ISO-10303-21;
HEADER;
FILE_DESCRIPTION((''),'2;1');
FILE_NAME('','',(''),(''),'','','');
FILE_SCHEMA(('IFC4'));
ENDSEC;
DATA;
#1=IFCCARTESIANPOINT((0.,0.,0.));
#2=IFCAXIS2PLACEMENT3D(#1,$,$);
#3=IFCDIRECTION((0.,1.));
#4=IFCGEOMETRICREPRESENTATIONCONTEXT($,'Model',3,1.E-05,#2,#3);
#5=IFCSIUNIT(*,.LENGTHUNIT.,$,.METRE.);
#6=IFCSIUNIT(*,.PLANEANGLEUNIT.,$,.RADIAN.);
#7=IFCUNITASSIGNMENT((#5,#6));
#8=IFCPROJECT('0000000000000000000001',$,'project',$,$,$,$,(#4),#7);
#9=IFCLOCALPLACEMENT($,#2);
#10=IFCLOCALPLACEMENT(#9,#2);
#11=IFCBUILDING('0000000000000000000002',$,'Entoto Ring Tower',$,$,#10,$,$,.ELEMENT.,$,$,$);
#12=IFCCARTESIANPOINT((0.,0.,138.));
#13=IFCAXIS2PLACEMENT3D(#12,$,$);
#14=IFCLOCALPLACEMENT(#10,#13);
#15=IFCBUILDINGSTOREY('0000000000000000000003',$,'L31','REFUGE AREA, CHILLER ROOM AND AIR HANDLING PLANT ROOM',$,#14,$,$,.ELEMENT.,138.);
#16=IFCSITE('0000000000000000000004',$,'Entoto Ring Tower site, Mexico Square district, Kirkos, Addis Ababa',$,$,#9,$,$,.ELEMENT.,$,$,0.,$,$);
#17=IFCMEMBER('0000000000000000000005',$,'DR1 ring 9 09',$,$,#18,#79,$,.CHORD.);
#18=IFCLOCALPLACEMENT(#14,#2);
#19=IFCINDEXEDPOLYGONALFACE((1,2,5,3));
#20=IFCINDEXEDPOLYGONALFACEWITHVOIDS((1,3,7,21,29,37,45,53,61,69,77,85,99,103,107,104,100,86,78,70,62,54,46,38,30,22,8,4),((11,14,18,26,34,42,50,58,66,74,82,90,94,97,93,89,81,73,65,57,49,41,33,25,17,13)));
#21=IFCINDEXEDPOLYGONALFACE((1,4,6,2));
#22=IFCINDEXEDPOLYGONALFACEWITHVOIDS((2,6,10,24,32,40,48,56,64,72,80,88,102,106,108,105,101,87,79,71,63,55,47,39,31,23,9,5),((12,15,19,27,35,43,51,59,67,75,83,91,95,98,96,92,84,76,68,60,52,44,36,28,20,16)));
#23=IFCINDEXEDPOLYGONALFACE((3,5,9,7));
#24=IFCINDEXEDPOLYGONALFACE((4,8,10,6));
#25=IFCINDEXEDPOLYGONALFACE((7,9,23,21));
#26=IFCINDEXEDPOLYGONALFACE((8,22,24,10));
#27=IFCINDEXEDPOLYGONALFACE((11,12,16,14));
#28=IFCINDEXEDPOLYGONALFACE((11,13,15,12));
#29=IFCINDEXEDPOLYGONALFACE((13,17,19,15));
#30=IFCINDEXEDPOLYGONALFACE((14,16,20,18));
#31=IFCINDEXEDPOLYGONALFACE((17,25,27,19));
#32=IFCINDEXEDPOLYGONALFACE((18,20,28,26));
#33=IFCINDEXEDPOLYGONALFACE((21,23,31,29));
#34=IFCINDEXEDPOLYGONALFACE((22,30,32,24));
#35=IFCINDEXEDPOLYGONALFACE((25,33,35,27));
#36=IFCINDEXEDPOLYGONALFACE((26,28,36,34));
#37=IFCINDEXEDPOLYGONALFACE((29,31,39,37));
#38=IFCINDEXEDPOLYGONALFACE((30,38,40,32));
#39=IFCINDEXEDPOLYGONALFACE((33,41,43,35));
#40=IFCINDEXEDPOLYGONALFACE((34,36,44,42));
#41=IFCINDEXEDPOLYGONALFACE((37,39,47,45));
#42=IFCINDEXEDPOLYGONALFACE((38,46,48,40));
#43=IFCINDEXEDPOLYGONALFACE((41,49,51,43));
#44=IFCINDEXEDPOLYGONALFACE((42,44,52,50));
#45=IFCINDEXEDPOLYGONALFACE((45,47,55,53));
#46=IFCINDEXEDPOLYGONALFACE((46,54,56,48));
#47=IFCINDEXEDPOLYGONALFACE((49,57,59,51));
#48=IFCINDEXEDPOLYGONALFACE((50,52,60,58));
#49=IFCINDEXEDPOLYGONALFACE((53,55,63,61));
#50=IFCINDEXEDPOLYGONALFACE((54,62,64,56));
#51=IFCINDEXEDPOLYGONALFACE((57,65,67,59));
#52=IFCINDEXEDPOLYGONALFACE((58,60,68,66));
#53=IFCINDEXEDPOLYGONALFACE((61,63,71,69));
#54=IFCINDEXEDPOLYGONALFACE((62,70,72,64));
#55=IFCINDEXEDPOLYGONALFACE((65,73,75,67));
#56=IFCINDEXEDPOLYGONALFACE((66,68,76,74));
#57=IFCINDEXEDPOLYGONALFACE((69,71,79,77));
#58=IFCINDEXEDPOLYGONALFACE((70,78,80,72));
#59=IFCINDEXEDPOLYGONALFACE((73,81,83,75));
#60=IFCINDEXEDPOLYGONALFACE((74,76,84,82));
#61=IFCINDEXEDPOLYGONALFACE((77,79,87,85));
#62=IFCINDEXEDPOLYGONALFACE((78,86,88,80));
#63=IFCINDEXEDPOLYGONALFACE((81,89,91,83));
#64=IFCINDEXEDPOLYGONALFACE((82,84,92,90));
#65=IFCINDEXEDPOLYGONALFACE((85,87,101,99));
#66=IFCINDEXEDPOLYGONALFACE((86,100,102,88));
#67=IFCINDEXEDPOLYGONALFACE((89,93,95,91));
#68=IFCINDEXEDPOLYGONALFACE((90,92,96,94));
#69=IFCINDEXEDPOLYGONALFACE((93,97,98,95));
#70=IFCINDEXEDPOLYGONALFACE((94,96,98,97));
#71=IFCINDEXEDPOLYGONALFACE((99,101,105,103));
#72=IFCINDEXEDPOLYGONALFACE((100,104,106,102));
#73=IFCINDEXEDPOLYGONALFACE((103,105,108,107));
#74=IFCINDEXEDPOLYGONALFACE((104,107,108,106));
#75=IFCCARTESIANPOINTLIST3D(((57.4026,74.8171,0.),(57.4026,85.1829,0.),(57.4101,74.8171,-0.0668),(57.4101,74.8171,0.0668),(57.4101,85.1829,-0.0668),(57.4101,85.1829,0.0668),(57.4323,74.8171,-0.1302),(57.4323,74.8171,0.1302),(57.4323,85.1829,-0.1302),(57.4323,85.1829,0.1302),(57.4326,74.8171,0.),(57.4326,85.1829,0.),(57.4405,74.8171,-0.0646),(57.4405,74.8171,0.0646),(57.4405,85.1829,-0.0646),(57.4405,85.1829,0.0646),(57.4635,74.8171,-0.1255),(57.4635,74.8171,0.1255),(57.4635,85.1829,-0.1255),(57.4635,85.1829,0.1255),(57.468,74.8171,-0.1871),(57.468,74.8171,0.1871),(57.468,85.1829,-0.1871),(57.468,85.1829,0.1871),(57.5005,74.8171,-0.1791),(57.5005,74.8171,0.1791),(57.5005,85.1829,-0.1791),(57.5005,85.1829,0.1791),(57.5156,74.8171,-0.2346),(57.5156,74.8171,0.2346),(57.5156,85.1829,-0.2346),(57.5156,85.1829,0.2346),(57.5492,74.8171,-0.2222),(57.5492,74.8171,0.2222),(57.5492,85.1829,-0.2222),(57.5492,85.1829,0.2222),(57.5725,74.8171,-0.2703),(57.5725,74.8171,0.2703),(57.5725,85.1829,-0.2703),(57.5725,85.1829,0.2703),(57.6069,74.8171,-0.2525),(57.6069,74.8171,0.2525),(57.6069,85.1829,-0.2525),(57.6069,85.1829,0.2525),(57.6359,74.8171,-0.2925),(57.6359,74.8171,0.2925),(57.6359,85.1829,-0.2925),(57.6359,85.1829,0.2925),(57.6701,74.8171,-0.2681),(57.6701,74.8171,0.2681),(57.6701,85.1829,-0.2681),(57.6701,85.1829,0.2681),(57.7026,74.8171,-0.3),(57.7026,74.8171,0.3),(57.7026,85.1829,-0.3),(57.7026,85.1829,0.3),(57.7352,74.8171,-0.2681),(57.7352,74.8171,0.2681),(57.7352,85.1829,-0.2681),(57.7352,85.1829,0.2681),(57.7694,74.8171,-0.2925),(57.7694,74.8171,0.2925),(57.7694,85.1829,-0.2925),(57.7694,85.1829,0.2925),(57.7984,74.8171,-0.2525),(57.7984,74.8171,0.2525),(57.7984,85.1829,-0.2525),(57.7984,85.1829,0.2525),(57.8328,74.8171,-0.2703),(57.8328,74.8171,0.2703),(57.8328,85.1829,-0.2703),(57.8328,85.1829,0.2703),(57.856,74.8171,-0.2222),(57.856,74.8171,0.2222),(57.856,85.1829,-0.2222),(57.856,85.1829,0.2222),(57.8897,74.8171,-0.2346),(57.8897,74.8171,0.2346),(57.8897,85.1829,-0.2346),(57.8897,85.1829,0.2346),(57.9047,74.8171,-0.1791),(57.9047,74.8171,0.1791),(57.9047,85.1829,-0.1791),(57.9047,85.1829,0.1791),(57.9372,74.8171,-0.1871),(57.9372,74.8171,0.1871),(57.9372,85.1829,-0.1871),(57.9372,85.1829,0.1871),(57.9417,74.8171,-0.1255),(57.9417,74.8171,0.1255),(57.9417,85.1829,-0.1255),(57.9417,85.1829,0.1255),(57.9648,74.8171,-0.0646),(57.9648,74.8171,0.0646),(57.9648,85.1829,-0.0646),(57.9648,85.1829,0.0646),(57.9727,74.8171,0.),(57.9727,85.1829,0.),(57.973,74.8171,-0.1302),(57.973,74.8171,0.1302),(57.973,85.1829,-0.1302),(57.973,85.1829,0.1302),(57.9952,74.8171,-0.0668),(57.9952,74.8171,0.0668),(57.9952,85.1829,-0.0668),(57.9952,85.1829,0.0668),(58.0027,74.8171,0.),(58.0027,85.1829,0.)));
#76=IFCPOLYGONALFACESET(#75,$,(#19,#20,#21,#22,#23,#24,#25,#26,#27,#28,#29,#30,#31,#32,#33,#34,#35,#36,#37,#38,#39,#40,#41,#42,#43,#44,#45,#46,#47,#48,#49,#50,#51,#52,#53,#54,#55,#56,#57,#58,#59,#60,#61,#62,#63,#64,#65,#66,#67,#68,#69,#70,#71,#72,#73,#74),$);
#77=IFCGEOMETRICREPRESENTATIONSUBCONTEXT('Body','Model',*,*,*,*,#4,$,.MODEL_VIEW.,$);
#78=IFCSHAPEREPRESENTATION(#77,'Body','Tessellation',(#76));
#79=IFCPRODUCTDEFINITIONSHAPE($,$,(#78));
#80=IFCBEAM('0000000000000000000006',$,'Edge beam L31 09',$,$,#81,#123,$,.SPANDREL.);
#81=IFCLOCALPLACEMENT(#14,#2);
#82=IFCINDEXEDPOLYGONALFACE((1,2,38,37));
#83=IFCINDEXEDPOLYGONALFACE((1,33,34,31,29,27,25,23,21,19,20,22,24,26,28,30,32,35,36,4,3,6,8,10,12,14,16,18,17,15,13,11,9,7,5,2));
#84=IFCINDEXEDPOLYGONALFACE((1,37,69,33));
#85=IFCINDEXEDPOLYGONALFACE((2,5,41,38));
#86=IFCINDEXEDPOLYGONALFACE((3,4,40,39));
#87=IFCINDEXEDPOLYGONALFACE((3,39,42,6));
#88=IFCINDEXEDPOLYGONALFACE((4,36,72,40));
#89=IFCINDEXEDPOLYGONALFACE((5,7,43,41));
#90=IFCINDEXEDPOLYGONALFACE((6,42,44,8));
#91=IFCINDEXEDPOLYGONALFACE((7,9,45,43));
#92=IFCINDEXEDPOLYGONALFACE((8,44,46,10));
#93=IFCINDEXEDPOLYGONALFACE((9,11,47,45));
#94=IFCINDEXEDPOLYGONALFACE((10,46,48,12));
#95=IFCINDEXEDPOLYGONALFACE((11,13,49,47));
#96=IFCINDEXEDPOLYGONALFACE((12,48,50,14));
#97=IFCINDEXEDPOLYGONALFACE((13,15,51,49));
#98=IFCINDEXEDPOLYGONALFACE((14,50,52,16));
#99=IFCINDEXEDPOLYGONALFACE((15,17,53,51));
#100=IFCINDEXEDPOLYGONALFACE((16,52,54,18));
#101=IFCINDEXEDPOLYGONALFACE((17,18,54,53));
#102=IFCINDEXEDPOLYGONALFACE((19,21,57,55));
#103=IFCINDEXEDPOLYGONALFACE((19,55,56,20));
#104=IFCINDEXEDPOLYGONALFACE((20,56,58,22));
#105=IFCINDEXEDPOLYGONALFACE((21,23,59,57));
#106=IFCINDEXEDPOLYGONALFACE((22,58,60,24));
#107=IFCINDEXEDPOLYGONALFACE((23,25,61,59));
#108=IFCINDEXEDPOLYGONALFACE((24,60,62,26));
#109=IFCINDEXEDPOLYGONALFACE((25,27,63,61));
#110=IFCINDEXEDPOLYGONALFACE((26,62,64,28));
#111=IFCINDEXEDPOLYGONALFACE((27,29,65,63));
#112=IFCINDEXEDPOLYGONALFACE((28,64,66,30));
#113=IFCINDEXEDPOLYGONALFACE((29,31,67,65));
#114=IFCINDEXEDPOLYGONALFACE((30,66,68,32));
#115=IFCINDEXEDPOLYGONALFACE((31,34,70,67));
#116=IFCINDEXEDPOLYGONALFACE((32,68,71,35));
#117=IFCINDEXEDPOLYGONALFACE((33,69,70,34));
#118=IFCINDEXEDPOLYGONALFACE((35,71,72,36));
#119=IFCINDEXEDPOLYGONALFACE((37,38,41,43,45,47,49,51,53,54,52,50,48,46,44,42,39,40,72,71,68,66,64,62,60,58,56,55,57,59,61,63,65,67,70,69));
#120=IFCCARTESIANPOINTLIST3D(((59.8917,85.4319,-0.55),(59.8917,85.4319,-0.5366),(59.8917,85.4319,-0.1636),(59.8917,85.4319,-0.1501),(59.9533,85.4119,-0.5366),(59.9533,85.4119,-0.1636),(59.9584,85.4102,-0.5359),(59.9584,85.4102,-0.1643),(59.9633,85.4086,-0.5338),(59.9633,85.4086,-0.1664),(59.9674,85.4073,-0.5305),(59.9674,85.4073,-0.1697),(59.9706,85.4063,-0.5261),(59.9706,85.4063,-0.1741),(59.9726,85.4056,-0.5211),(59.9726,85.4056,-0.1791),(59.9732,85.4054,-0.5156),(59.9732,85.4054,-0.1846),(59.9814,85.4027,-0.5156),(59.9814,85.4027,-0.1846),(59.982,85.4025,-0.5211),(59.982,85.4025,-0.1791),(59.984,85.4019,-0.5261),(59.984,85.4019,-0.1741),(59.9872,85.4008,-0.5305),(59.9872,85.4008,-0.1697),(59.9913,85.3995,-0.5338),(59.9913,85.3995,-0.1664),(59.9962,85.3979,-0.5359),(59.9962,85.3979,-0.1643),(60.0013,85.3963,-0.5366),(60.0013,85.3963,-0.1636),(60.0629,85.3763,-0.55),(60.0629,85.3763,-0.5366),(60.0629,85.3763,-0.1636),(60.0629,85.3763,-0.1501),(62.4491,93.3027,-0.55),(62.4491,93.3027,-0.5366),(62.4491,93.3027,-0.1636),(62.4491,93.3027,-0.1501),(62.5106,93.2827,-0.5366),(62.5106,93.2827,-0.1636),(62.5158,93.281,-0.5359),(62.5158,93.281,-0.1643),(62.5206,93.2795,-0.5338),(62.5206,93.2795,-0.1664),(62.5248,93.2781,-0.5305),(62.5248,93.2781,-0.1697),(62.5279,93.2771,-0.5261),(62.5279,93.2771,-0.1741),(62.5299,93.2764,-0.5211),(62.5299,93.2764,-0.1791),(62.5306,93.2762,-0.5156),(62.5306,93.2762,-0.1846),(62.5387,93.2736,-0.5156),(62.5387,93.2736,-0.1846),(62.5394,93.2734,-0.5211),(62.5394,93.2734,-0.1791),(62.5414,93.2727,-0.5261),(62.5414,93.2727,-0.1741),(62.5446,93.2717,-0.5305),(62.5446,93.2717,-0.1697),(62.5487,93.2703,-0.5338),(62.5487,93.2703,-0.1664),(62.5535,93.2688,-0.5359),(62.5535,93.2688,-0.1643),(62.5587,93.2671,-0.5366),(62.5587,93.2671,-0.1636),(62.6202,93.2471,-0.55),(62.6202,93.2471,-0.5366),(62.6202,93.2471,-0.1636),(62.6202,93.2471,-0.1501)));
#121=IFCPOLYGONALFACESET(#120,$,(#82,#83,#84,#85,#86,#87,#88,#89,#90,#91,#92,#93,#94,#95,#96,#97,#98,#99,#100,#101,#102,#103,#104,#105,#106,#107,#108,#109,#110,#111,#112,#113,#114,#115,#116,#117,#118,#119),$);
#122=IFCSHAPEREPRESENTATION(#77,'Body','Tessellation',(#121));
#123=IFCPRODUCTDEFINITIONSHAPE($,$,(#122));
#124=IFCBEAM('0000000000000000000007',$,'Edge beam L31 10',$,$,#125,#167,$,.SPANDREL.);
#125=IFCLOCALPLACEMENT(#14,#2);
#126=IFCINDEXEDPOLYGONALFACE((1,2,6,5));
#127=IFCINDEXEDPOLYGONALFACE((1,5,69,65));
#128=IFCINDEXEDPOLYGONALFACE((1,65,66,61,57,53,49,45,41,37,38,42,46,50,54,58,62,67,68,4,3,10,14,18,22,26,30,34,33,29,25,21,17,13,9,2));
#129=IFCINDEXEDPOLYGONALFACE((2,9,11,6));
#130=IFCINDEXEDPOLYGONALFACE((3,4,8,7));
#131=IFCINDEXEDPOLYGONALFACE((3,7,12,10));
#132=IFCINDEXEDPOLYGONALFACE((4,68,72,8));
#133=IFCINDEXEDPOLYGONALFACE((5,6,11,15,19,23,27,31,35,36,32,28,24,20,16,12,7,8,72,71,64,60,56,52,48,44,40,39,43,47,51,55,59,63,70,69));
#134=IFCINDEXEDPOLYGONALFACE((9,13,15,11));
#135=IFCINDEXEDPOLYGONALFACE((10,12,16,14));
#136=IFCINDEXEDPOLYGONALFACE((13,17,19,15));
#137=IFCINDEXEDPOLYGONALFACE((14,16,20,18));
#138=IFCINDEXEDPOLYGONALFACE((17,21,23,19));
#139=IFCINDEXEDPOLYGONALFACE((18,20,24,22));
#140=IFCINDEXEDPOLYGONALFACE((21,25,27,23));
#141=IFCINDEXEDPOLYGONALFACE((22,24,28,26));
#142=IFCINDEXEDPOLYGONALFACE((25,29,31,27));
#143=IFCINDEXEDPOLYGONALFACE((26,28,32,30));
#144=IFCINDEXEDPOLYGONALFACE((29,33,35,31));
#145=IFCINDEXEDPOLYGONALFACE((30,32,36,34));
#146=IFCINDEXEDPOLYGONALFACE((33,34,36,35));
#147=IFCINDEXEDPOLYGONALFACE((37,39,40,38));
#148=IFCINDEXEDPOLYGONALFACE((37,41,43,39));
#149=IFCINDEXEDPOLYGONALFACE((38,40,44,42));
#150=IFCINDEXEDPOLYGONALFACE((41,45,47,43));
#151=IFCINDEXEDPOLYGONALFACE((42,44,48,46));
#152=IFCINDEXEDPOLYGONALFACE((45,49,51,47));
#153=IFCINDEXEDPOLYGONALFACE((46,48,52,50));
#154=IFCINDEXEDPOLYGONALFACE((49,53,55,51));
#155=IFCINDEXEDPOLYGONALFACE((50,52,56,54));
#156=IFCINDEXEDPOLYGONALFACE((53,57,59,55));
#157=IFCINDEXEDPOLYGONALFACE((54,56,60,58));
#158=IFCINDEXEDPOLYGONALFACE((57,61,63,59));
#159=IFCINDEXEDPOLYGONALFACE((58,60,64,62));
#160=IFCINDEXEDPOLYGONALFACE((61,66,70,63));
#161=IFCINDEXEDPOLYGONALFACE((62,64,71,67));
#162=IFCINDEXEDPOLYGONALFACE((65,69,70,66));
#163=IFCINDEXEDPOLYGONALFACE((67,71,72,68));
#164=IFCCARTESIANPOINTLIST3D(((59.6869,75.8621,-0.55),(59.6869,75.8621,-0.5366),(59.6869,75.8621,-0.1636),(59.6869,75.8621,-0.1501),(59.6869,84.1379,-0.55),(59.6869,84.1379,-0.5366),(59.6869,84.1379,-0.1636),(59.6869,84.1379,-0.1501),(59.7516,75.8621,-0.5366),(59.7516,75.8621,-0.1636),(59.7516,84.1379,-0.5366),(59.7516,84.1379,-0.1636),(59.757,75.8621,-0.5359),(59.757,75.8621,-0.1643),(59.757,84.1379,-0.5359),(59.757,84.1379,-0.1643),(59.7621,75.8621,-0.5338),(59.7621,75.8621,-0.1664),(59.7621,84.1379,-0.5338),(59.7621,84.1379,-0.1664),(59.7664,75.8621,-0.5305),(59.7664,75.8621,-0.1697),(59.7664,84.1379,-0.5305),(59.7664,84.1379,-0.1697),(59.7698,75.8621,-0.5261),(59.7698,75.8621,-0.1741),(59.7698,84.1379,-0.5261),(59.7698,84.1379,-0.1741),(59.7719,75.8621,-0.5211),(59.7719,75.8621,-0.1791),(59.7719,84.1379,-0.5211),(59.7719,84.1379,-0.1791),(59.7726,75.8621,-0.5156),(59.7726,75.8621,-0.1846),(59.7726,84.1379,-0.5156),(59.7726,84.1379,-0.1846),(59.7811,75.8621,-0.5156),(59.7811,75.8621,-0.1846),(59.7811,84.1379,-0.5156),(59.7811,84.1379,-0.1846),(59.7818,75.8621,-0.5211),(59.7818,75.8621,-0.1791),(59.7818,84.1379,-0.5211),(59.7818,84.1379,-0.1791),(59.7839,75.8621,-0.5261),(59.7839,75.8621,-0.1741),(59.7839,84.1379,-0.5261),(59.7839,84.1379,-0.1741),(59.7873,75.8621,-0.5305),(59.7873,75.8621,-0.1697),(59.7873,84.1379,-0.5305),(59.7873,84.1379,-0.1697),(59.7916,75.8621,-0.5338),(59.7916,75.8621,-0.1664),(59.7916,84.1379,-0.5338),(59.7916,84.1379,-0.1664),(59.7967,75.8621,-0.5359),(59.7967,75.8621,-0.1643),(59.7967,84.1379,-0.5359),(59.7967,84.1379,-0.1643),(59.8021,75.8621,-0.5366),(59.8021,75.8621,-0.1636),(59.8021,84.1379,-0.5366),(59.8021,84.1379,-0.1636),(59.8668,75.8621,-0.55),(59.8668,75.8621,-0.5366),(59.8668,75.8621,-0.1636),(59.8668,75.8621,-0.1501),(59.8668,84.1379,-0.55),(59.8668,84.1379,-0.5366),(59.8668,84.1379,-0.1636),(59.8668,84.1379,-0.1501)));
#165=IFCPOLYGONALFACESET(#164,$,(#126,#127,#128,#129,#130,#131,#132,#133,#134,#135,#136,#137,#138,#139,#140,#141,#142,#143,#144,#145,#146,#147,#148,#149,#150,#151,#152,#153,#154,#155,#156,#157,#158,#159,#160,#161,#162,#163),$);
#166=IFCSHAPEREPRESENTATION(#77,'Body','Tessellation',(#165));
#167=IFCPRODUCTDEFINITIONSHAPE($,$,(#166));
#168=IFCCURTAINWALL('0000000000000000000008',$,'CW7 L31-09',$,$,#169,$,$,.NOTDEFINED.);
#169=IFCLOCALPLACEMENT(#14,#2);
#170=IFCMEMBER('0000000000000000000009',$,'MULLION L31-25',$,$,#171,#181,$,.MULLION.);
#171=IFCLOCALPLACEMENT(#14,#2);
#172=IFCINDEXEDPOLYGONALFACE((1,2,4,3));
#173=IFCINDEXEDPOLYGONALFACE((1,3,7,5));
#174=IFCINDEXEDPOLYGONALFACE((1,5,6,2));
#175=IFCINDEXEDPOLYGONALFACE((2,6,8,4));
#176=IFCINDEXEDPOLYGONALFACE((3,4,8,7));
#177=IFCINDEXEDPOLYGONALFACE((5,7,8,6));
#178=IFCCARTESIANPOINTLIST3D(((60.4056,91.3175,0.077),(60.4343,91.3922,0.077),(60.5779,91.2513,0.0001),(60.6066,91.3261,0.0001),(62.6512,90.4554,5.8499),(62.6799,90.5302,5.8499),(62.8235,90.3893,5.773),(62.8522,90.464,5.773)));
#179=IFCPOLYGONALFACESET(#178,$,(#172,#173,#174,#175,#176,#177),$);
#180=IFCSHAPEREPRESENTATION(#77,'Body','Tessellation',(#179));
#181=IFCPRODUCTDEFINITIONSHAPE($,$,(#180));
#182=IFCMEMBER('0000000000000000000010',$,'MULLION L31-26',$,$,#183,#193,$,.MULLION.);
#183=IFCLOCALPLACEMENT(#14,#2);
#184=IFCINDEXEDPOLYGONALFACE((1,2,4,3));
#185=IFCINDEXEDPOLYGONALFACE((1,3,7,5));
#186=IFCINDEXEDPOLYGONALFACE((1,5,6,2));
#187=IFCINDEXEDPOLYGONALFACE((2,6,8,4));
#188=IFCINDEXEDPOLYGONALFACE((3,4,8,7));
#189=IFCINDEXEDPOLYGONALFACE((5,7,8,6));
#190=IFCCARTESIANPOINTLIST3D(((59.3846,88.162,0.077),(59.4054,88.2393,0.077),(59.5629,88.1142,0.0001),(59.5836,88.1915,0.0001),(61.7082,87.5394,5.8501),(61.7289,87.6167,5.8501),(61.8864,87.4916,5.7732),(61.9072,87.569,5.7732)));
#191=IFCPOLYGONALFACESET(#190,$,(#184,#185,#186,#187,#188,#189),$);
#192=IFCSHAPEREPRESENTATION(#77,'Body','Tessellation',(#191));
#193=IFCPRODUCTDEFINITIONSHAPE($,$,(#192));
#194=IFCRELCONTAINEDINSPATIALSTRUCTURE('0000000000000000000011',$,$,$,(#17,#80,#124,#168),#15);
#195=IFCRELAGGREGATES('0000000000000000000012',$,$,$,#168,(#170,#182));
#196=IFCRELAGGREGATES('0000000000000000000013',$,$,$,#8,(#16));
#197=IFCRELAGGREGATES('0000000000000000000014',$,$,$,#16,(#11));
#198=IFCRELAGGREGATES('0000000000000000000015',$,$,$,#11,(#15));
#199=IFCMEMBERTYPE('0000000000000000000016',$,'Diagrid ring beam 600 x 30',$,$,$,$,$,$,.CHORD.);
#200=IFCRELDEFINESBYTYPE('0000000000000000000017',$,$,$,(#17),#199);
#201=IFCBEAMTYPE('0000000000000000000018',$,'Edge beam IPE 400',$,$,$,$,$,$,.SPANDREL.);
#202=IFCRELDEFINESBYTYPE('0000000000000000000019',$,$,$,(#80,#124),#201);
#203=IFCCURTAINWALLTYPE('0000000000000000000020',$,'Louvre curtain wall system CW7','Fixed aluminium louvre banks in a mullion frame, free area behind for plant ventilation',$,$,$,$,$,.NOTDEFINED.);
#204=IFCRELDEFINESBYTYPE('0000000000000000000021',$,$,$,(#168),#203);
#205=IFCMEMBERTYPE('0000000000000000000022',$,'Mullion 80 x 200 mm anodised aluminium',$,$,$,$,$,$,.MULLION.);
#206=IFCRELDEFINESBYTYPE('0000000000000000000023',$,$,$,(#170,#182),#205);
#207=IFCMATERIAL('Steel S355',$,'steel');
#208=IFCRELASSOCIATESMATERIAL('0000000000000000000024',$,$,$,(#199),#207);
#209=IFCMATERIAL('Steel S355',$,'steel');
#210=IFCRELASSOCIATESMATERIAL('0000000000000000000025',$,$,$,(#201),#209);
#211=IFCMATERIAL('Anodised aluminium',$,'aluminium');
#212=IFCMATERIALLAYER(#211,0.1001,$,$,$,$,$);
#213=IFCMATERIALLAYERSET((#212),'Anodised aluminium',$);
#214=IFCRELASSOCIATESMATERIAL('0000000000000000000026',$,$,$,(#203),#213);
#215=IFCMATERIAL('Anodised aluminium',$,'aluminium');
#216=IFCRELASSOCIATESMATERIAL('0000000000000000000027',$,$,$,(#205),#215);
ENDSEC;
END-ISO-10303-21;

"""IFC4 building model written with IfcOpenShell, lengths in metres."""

from ifc_helpers import new_model, si_unit, direction, frame, origin, origin_2d, place, context, subcontext, project, spatial, rectangle, circle, hollow_circle, i_section, extrude, material, layer, layer_set, material_profile, profile_set, type_object, element, aggregate, save


model = new_model("IFC4")

# Units and contexts
model_context = context("Model", 3, precision=1e-05, world=origin(), true_north=direction((0.0, 1.0)))
body_context = subcontext(model_context, "Body", "Model", "MODEL_VIEW")
ifc_project = project(units=[si_unit("LENGTHUNIT", "METRE"), si_unit("PLANEANGLEUNIT", "RADIAN")], contexts=[model_context])

# Site, building, storey
site_placement = place(None, origin())
site = spatial("IfcSite", under=ifc_project, at=site_placement, Name="Entoto Ring Tower site, Mexico Square district, Kirkos, Addis Ababa", CompositionType="ELEMENT", RefElevation=0.0)
building_placement = place(site_placement, origin())
building = spatial("IfcBuilding", under=site, at=building_placement, Name="Entoto Ring Tower", CompositionType="ELEMENT")
storey_placement = place(building_placement, frame((0.0, 0.0, 138.0)))
storey = spatial("IfcBuildingStorey", under=building, at=storey_placement, Name="L31", Description="REFUGE AREA, CHILLER ROOM AND AIR HANDLING PLANT ROOM", CompositionType="ELEMENT", Elevation=138.0)

# Member
ifc_material_1 = material(Name="Steel S355", Category="steel")
ifc_material_profile_1 = material_profile(ifc_material_1, hollow_circle(Radius=0.3, WallThickness=0.03, at=origin_2d()), Name="CHS 600 x 30")
ifc_material_2 = material(Name="Concrete C60/75", Category="concrete")
ifc_material_profile_2 = material_profile(ifc_material_2, circle(Radius=0.27, at=origin_2d()), Name="Concrete C60/75 infill")
ifc_profile_set_1 = profile_set([ifc_material_profile_1, ifc_material_profile_2], Name="Steel S355")
member_type_1 = type_object("IfcMemberType", Name="Diagrid ring beam 600 x 30", PredefinedType="CHORD", material=ifc_profile_set_1)
member_1_placement = place(storey_placement, frame((57.7026, 85.1829, 0.0), z_axis=(0.0, -1.0, 0.0), x_axis=(1.0, 0.0, 0.0)))
element("IfcMember", 1, at=member_1_placement, inside=storey, type_object=member_type_1, Name="DR1 ring 9 09", PredefinedType="CHORD", context=body_context, shape_type="SweptSolid", body=[
    extrude(hollow_circle(Radius=0.3, WallThickness=0.03, at=origin_2d()), origin(), (0.0, 0.0, 1.0), 10.3657),
])

# Beams
ifc_material_3 = material(Name="Steel S355", Category="steel")
ifc_material_profile_3 = material_profile(ifc_material_3, i_section(OverallWidth=0.1799, OverallDepth=0.3999, WebThickness=0.0085, FlangeThickness=0.0134, FilletRadius=0.021, at=origin_2d()), Name="IPE 400")
ifc_profile_set_2 = profile_set([ifc_material_profile_3], Name="Steel S355")
beam_type = type_object("IfcBeamType", Name="Edge beam IPE 400", PredefinedType="SPANDREL", material=ifc_profile_set_2)
for number, where, z_axis, x_axis, name in (
    (2, (62.5347, 93.2749, -0.3501), (-0.309015, -0.951057, 0.0), (0.951057, -0.309015, 0.0), "Edge beam L31 09"),
    (3, (59.7769, 84.1379, -0.3501), (0.0, -1.0, 0.0), (1.0, 0.0, 0.0), "Edge beam L31 10"),
):
    element("IfcBeam", number, at=place(storey_placement, frame(where, z_axis=z_axis, x_axis=x_axis)), inside=storey, type_object=beam_type, Name=name, PredefinedType="SPANDREL", context=body_context, shape_type="SweptSolid", body=[
        extrude(i_section(OverallWidth=0.1799, OverallDepth=0.3999, WebThickness=0.0085, FlangeThickness=0.0134, FilletRadius=0.021, at=origin_2d()), origin(), (0.0, 0.0, 1.0), 8.2759),
    ])

# Curtain wall, members
ifc_material_4 = material(Name="Anodised aluminium", Category="aluminium")
ifc_layer_1 = layer(ifc_material_4, 0.1001)
ifc_layer_set_1 = layer_set([ifc_layer_1], Name="Anodised aluminium")
curtain_wall_type = type_object("IfcCurtainWallType", Name="Louvre curtain wall system CW7", Description="Fixed aluminium louvre banks in a mullion frame, free area behind for plant ventilation", PredefinedType="NOTDEFINED", material=ifc_layer_set_1)
curtain_wall_1_placement = place(storey_placement, origin())
curtain_wall_1 = element("IfcCurtainWall", 4, at=curtain_wall_1_placement, inside=storey, type_object=curtain_wall_type, Name="CW7 L31-09", PredefinedType="NOTDEFINED")
ifc_material_5 = material(Name="Anodised aluminium", Category="aluminium")
ifc_material_profile_4 = material_profile(ifc_material_5, rectangle(XDim=0.0801, YDim=0.2, at=origin_2d()), Name="Mullion 80 x 200 mm anodised aluminium")
ifc_profile_set_3 = profile_set([ifc_material_profile_4], Name="Anodised aluminium")
member_type_2 = type_object("IfcMemberType", Name="Mullion 80 x 200 mm anodised aluminium", PredefinedType="MULLION", material=ifc_profile_set_3)
member_2_placement = place(storey_placement, frame((60.5061, 91.3218, 0.0386), z_axis=(0.359066, -0.137841, 0.923077), x_axis=(0.358387, 0.933573, 0.0)))
member_2 = element("IfcMember", 5, at=member_2_placement, type_object=member_type_2, Name="MULLION L31-25", PredefinedType="MULLION", context=body_context, shape_type="SweptSolid", body=[
    extrude(rectangle(XDim=0.0801, YDim=0.2, at=origin_2d()), origin(), (0.0, 0.0, 1.0), 6.2539),
])
member_3_placement = place(storey_placement, frame((59.4841, 88.1768, 0.0386), z_axis=(0.371517, -0.099545, 0.923074), x_axis=(0.258812, 0.965928, 0.0)))
member_3 = element("IfcMember", 6, at=member_3_placement, type_object=member_type_2, Name="MULLION L31-26", PredefinedType="MULLION", context=body_context, shape_type="SweptSolid", body=[
    extrude(rectangle(XDim=0.0801, YDim=0.2, at=origin_2d()), origin(), (0.0, 0.0, 1.0), 6.2542),
])
aggregate(curtain_wall_1, [member_2, member_3])

save(model, "model.ifc")
